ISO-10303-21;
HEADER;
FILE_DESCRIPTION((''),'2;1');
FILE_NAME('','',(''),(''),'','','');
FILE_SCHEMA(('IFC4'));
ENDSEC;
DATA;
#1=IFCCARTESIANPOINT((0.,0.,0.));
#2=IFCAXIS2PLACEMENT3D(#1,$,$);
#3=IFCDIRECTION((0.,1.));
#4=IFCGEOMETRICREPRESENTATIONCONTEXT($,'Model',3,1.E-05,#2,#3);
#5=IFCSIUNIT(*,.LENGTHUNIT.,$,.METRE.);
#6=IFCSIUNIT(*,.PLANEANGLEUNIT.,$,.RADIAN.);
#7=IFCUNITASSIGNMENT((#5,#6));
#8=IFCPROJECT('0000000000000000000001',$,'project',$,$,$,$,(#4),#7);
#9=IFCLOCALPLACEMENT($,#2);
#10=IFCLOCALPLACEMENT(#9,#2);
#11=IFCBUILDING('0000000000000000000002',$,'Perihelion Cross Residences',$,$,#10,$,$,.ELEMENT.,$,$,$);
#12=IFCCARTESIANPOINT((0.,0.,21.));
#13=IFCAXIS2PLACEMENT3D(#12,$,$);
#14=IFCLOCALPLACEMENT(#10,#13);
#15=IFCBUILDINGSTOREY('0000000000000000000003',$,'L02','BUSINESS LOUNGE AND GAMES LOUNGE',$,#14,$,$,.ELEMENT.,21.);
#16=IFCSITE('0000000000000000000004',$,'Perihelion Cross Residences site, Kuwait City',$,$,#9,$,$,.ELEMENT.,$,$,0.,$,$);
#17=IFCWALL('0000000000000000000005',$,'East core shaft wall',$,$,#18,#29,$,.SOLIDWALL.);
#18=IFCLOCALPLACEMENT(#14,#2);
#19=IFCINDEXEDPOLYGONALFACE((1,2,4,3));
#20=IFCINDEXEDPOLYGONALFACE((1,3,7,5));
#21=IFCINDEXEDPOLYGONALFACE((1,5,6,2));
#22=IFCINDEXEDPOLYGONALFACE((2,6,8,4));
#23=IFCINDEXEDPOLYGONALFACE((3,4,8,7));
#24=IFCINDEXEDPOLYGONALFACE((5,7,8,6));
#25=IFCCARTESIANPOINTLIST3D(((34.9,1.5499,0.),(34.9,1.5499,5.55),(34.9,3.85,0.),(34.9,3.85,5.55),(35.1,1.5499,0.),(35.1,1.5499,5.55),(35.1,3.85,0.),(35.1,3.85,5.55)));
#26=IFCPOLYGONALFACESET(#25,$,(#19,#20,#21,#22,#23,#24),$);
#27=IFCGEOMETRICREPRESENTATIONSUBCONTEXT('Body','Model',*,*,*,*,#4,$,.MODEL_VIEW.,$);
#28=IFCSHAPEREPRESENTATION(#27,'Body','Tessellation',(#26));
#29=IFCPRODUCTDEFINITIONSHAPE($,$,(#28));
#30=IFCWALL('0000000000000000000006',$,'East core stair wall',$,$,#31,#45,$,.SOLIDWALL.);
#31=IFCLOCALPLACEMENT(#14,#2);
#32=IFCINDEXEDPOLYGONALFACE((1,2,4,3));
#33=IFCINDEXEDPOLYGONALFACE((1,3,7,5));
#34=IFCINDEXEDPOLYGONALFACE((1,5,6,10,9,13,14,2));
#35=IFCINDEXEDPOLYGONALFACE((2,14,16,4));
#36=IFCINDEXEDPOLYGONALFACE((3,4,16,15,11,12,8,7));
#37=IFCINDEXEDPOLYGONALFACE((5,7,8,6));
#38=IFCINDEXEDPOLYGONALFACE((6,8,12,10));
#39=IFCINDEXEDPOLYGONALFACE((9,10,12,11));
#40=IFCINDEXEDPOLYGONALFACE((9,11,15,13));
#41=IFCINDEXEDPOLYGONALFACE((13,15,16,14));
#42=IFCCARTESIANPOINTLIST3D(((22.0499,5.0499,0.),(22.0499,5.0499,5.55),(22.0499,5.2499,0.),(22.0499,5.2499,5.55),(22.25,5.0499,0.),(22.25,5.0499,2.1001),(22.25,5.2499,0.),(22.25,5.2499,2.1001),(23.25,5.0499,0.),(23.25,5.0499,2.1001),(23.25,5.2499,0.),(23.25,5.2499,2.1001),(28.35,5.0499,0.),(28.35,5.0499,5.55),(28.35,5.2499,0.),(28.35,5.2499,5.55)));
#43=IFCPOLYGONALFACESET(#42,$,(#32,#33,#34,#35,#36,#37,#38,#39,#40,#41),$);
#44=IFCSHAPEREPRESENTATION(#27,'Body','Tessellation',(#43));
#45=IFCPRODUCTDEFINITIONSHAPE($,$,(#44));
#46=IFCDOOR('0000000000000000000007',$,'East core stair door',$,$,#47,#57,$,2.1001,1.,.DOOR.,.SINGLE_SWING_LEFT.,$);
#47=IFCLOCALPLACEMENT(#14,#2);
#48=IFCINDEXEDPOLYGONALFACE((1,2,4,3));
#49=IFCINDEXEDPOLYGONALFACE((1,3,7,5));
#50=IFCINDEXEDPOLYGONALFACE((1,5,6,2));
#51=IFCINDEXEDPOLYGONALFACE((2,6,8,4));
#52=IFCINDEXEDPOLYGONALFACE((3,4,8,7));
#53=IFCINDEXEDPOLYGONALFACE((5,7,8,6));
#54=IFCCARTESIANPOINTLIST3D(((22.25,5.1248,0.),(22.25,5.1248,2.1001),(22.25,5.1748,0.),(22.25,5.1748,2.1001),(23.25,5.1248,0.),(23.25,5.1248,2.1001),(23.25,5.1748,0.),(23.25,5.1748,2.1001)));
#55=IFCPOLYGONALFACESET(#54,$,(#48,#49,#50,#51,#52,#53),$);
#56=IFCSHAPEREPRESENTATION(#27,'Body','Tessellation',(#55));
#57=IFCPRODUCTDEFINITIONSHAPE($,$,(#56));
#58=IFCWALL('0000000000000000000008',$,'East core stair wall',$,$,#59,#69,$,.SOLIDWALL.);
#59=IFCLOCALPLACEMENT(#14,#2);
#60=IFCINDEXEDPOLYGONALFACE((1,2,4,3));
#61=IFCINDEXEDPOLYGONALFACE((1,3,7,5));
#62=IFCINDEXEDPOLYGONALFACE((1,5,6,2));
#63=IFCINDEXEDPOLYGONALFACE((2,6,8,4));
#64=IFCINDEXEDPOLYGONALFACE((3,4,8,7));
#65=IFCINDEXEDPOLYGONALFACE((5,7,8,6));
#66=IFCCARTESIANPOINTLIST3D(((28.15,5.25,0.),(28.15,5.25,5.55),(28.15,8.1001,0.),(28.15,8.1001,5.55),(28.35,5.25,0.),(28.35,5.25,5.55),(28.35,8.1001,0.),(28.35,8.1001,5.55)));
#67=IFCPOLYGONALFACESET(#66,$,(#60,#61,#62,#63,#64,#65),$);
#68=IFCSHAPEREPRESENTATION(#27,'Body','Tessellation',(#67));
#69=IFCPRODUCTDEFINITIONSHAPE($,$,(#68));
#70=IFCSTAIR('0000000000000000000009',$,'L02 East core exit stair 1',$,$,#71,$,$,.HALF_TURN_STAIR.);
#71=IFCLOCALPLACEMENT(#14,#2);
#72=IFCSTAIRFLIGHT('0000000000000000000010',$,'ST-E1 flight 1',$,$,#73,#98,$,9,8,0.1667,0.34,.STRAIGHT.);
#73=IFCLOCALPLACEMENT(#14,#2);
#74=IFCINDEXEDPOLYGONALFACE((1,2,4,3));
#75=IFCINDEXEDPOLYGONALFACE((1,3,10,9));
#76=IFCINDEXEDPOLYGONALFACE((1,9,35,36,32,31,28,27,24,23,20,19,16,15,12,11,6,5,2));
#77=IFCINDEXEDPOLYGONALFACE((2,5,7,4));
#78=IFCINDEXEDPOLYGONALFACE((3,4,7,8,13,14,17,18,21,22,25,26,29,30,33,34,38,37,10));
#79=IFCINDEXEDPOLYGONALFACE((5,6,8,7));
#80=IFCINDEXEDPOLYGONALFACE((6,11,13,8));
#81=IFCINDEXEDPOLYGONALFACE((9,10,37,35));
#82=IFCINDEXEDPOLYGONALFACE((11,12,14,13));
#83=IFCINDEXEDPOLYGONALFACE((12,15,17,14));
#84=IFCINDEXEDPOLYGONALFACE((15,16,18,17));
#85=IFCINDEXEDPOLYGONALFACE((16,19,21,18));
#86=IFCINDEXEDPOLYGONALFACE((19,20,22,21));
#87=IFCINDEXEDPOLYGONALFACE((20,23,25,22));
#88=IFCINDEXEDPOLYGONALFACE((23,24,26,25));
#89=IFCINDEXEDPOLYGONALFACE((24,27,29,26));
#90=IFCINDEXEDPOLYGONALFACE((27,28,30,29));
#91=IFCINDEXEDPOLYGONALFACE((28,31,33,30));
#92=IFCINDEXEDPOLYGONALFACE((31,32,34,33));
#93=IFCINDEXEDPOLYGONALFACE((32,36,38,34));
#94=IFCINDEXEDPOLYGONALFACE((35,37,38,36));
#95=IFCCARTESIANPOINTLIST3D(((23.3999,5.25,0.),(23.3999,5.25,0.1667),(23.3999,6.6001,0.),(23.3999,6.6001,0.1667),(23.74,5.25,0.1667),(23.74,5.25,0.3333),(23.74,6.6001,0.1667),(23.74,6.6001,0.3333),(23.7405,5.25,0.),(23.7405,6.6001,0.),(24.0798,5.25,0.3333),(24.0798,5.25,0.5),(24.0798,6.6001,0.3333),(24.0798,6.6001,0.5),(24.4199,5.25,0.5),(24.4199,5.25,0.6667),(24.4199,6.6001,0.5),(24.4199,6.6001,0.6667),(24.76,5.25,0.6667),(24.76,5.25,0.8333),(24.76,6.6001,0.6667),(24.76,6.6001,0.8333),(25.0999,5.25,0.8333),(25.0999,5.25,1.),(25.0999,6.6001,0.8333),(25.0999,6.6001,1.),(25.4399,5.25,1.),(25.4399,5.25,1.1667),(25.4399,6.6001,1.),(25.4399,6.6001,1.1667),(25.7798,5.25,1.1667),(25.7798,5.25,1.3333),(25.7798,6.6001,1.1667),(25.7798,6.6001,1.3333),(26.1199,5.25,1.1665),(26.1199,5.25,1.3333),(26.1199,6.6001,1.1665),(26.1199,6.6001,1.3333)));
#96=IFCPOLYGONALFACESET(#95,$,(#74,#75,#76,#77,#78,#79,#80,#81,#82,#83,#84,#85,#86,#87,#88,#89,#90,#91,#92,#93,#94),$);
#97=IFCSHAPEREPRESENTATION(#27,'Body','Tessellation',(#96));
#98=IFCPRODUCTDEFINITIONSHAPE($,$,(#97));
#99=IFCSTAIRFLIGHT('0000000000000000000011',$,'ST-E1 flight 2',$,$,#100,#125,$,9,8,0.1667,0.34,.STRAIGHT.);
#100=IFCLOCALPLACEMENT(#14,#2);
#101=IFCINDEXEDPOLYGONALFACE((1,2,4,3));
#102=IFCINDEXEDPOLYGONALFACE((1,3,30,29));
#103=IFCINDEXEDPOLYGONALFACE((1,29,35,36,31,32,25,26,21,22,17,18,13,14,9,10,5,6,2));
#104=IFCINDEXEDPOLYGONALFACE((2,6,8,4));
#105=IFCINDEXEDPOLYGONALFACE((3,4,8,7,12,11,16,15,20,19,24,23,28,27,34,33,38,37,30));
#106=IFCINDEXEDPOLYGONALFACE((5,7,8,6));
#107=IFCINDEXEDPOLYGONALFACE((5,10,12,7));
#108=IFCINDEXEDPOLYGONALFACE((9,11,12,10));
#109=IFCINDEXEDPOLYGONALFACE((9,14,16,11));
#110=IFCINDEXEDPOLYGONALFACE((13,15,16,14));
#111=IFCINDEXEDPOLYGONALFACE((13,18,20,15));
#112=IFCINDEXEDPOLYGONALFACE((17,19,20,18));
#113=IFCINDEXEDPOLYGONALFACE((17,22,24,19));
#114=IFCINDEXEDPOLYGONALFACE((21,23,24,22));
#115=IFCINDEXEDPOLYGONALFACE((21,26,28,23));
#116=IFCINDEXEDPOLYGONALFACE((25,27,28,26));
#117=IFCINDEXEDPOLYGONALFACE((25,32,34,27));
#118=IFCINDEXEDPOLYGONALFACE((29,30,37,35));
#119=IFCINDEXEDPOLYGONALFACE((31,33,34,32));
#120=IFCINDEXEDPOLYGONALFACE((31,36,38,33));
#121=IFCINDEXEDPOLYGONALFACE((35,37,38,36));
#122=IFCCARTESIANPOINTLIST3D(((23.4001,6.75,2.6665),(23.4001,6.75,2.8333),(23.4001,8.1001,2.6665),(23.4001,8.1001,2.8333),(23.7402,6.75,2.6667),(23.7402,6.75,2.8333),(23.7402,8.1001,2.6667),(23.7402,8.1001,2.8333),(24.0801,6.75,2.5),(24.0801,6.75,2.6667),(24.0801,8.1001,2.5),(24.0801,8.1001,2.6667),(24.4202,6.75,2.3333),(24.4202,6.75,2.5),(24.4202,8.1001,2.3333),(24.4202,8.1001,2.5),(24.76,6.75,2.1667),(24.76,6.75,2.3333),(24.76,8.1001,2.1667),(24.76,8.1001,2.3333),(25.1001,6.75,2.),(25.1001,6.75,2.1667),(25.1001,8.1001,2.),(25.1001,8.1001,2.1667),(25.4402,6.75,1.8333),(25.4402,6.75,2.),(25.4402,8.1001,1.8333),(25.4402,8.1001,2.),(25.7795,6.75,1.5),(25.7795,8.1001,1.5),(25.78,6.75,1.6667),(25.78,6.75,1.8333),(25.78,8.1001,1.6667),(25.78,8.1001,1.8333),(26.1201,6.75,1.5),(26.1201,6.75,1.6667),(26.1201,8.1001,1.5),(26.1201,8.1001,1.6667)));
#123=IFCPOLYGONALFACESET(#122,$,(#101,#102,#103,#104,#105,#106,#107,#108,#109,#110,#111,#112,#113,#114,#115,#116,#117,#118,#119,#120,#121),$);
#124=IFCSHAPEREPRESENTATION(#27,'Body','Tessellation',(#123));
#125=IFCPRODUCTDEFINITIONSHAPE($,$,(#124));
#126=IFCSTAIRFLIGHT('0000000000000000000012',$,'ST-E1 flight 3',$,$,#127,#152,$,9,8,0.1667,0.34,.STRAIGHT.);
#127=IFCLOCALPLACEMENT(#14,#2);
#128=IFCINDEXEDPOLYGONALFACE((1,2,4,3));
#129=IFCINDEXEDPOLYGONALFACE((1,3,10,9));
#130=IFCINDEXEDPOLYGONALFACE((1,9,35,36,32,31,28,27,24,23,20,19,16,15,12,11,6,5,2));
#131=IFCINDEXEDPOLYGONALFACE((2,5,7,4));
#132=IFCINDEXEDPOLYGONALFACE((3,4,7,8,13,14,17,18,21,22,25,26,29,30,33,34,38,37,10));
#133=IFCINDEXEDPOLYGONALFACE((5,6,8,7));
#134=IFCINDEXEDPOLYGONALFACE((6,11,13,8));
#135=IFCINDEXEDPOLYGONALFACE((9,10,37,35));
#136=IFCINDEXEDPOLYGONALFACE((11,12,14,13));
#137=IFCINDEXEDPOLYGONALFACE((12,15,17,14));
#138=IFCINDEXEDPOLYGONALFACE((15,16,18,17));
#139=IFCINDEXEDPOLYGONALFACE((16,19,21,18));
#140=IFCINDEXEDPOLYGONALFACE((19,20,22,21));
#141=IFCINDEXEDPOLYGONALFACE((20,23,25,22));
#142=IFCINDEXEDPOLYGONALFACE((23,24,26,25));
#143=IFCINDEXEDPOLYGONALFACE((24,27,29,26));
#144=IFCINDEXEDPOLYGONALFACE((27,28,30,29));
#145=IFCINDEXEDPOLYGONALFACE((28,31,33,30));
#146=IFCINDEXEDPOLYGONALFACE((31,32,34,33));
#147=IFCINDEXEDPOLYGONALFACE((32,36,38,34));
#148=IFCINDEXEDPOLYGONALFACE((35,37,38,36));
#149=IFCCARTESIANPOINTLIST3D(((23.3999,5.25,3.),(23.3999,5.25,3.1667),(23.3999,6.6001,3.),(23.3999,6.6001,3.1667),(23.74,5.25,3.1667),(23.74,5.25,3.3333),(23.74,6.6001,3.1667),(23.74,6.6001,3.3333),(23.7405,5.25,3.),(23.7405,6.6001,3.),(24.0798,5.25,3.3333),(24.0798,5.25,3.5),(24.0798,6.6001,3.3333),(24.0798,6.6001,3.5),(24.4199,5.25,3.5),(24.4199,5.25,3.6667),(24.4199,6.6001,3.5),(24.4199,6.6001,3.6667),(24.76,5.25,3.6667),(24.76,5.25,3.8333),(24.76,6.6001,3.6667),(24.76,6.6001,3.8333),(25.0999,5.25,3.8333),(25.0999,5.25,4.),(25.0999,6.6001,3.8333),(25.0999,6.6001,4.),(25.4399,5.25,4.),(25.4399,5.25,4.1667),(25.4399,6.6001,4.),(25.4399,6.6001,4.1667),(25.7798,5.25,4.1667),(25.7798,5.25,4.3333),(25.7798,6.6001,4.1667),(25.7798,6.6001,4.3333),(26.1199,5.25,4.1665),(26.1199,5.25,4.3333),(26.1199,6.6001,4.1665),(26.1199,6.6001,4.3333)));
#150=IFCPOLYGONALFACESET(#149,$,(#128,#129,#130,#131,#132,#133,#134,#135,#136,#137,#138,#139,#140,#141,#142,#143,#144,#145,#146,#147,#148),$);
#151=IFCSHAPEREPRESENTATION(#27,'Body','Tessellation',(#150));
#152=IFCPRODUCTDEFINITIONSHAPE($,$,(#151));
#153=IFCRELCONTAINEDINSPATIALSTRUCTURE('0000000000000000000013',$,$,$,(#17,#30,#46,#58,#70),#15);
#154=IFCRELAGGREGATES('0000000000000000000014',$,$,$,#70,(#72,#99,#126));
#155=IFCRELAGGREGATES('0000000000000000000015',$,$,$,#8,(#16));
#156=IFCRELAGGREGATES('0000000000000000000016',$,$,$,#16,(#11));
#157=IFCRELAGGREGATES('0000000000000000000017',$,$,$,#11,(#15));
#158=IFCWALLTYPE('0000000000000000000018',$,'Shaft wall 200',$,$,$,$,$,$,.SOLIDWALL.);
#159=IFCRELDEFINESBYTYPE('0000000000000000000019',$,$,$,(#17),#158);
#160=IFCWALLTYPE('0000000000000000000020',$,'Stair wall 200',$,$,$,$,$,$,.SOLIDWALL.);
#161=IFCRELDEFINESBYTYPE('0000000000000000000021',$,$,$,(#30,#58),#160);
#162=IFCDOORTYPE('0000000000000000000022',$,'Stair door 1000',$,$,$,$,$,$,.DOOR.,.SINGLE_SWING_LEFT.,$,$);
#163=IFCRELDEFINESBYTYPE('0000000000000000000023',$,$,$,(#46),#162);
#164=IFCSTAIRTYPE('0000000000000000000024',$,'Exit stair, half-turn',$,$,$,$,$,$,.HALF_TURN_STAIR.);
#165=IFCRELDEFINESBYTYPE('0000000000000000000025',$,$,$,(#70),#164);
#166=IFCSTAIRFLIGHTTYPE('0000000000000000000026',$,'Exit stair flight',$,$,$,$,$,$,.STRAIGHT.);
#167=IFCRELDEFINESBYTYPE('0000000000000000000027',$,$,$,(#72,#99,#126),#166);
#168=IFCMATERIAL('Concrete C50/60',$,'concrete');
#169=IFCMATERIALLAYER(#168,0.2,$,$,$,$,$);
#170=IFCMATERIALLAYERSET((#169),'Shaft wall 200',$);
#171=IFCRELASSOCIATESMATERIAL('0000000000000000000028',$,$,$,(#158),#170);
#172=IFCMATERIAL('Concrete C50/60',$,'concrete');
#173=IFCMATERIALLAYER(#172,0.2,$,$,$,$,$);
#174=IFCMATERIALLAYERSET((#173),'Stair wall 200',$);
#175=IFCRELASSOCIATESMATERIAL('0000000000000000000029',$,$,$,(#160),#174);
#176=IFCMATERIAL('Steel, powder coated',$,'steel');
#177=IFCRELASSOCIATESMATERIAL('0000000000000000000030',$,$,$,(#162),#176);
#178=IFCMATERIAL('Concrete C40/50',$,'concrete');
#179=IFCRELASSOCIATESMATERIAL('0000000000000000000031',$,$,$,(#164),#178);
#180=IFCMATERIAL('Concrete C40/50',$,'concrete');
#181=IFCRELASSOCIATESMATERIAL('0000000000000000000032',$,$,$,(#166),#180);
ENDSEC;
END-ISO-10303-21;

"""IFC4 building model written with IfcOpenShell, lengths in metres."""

from ifc_helpers import new_model, si_unit, direction, frame, frame_2d, origin, place, context, subcontext, project, spatial, polyline, rectangle, outline, extrude, material, layer, layer_set, type_object, element, fill, aggregate, save


model = new_model("IFC4")

# Units and contexts
model_context = context("Model", 3, precision=1e-05, world=origin(), true_north=direction((0.0, 1.0)))
body_context = subcontext(model_context, "Body", "Model", "MODEL_VIEW")
ifc_project = project(units=[si_unit("LENGTHUNIT", "METRE"), si_unit("PLANEANGLEUNIT", "RADIAN")], contexts=[model_context])

# Site, building, storey
site_placement = place(None, origin())
site = spatial("IfcSite", under=ifc_project, at=site_placement, Name="Perihelion Cross Residences site, Kuwait City", CompositionType="ELEMENT", RefElevation=0.0)
building_placement = place(site_placement, origin())
building = spatial("IfcBuilding", under=site, at=building_placement, Name="Perihelion Cross Residences", CompositionType="ELEMENT")
storey_placement = place(building_placement, frame((0.0, 0.0, 21.0)))
storey = spatial("IfcBuildingStorey", under=building, at=storey_placement, Name="L02", Description="BUSINESS LOUNGE AND GAMES LOUNGE", CompositionType="ELEMENT", Elevation=21.0)

# Shared definitions
ifc_material_1 = material(Name="Concrete C50/60", Category="concrete")
ifc_layer_1 = layer(ifc_material_1, 0.2)
ifc_layer_set_1 = layer_set([ifc_layer_1], Name="Shaft wall 200")
wall_type_1 = type_object("IfcWallType", Name="Shaft wall 200", PredefinedType="SOLIDWALL", material=ifc_layer_set_1)

# Wall
for number, where, z_axis, x_axis, name in (
    (1, (35.0, 1.55, 0.0), (0.0, 0.0, 1.0), (0.0, 1.0, 0.0), "East core shaft wall"),
):
    element("IfcWall", number, at=place(storey_placement, frame(where, z_axis=z_axis, x_axis=x_axis)), inside=storey, type_object=wall_type_1, Name=name, PredefinedType="SOLIDWALL", context=body_context, shape_type="SweptSolid", body=[
        extrude(rectangle(XDim=2.3, YDim=0.2, at=frame_2d((1.1499, 0.0))), origin(), (0.0, 0.0, 1.0), 5.55),
    ])

# Wall, opening, door
ifc_material_2 = material(Name="Concrete C50/60", Category="concrete")
ifc_layer_2 = layer(ifc_material_2, 0.2)
ifc_layer_set_2 = layer_set([ifc_layer_2], Name="Stair wall 200")
wall_type_2 = type_object("IfcWallType", Name="Stair wall 200", PredefinedType="SOLIDWALL", material=ifc_layer_set_2)
wall_1_placement = place(storey_placement, frame((22.05, 5.1499, 0.0), z_axis=(0.0, 0.0, 1.0), x_axis=(1.0, 0.0, 0.0)))
wall_1 = element("IfcWall", 2, at=wall_1_placement, inside=storey, type_object=wall_type_2, Name="East core stair wall", PredefinedType="SOLIDWALL", context=body_context, shape_type="SweptSolid", body=[
    extrude(rectangle(XDim=6.3, YDim=0.2, at=frame_2d((3.1499, 0.0))), origin(), (0.0, 0.0, 1.0), 5.55),
])
opening_1_placement = place(wall_1_placement, frame((0.2, 0.0, 0.0)))
opening_1 = element("IfcOpeningElement", 3, at=opening_1_placement, cuts=wall_1, PredefinedType="OPENING", context=body_context, shape_type="SweptSolid", body=[
    extrude(rectangle(XDim=1.0, YDim=2.1001, at=frame_2d((0.5, 1.05))), frame((0.0, 0.1099, 0.0), z_axis=(0.0, -1.0, 0.0), x_axis=(1.0, 0.0, 0.0)), (0.0, 0.0, 1.0), 0.22),
])
ifc_material_3 = material(Name="Steel, powder coated", Category="steel")
door_type_1 = type_object("IfcDoorType", Name="Stair door 1000", OperationType="SINGLE_SWING_LEFT", PredefinedType="DOOR", material=ifc_material_3)
door_1_placement = place(opening_1_placement, origin())
door_1 = element("IfcDoor", 4, at=door_1_placement, inside=storey, type_object=door_type_1, Name="East core stair door", OperationType="SINGLE_SWING_LEFT", OverallHeight=2.1001, OverallWidth=1.0, PredefinedType="DOOR", context=body_context, shape_type="SweptSolid", body=[
    extrude(rectangle(XDim=1.0, YDim=2.1001, at=frame_2d((0.5, 1.05))), frame((0.0, 0.0249, 0.0), z_axis=(0.0, -1.0, 0.0), x_axis=(1.0, 0.0, 0.0)), (0.0, 0.0, 1.0), 0.05),
])
fill(opening_1, door_1)

# Wall
wall_2_placement = place(storey_placement, frame((28.25, 5.25, 0.0), z_axis=(0.0, 0.0, 1.0), x_axis=(0.0, 1.0, 0.0)))
element("IfcWall", 5, at=wall_2_placement, inside=storey, type_object=wall_type_2, Name="East core stair wall", PredefinedType="SOLIDWALL", context=body_context, shape_type="SweptSolid", body=[
    extrude(rectangle(XDim=2.8501, YDim=0.2, at=frame_2d((1.425, 0.0))), origin(), (0.0, 0.0, 1.0), 5.55),
])

# Stair, stair flights
ifc_material_4 = material(Name="Concrete C40/50", Category="concrete")
stair_type = type_object("IfcStairType", Name="Exit stair, half-turn", PredefinedType="HALF_TURN_STAIR", material=ifc_material_4)
stair_placement = place(storey_placement, origin())
stair = element("IfcStair", 6, at=stair_placement, inside=storey, type_object=stair_type, Name="L02 East core exit stair 1", PredefinedType="HALF_TURN_STAIR")
ifc_material_5 = material(Name="Concrete C40/50", Category="concrete")
stair_flight_type = type_object("IfcStairFlightType", Name="Exit stair flight", PredefinedType="STRAIGHT", material=ifc_material_5)
stair_flight_1_placement = place(storey_placement, frame((23.3999, 5.925, 0.0), z_axis=(0.0, 0.0, 1.0), x_axis=(1.0, 0.0, 0.0)))
stair_flight_1 = element("IfcStairFlight", 7, at=stair_flight_1_placement, type_object=stair_flight_type, Name="ST-E1 flight 1", NumberOfRisers=9, NumberOfTreads=8, PredefinedType="STRAIGHT", RiserHeight=0.1667, TreadLength=0.34, context=body_context, shape_type="SweptSolid", body=[
    extrude(outline(polyline([(0.0, 0.0), (0.0, 0.1667), (0.3401, 0.1667), (0.3401, 0.3333), (0.6799, 0.3333), (0.6799, 0.5), (1.02, 0.5), (1.02, 0.6667), (1.3601, 0.6667), (1.3601, 0.8333), (1.7, 0.8333), (1.7, 1.0), (2.04, 1.0), (2.04, 1.1667), (2.3799, 1.1667), (2.3799, 1.3333), (2.72, 1.3333), (2.72, 1.5), (2.72, 1.1665), (0.3406, 0.0), (0.0, 0.0)])), frame((0.0, 0.675, 0.0), z_axis=(0.0, -1.0, 0.0), x_axis=(1.0, 0.0, 0.0)), (0.0, 0.0, 1.0), 1.3501),
])
stair_flight_2_placement = place(storey_placement, frame((26.1201, 7.425, 1.5), z_axis=(0.0, 0.0, 1.0), x_axis=(-1.0, 0.0, 0.0)))
stair_flight_2 = element("IfcStairFlight", 8, at=stair_flight_2_placement, type_object=stair_flight_type, Name="ST-E1 flight 2", NumberOfRisers=9, NumberOfTreads=8, PredefinedType="STRAIGHT", RiserHeight=0.1667, TreadLength=0.34, context=body_context, shape_type="SweptSolid", body=[
    extrude(outline(polyline([(0.0, 0.0), (0.0, 0.1667), (0.3401, 0.1667), (0.3401, 0.3333), (0.6799, 0.3333), (0.6799, 0.5), (1.02, 0.5), (1.02, 0.6667), (1.3601, 0.6667), (1.3601, 0.8333), (1.7, 0.8333), (1.7, 1.0), (2.04, 1.0), (2.04, 1.1667), (2.3799, 1.1667), (2.3799, 1.3333), (2.72, 1.3333), (2.72, 1.5), (2.72, 1.1665), (0.3406, 0.0), (0.0, 0.0)])), frame((0.0, 0.675, 0.0), z_axis=(0.0, -1.0, 0.0), x_axis=(1.0, 0.0, 0.0)), (0.0, 0.0, 1.0), 1.3501),
])
stair_flight_3_placement = place(storey_placement, frame((23.3999, 5.925, 3.0), z_axis=(0.0, 0.0, 1.0), x_axis=(1.0, 0.0, 0.0)))
stair_flight_3 = element("IfcStairFlight", 9, at=stair_flight_3_placement, type_object=stair_flight_type, Name="ST-E1 flight 3", NumberOfRisers=9, NumberOfTreads=8, PredefinedType="STRAIGHT", RiserHeight=0.1667, TreadLength=0.34, context=body_context, shape_type="SweptSolid", body=[
    extrude(outline(polyline([(0.0, 0.0), (0.0, 0.1667), (0.3401, 0.1667), (0.3401, 0.3333), (0.6799, 0.3333), (0.6799, 0.5), (1.02, 0.5), (1.02, 0.6667), (1.3601, 0.6667), (1.3601, 0.8333), (1.7, 0.8333), (1.7, 1.0), (2.04, 1.0), (2.04, 1.1667), (2.3799, 1.1667), (2.3799, 1.3333), (2.72, 1.3333), (2.72, 1.5), (2.72, 1.1665), (0.3406, 0.0), (0.0, 0.0)])), frame((0.0, 0.675, 0.0), z_axis=(0.0, -1.0, 0.0), x_axis=(1.0, 0.0, 0.0)), (0.0, 0.0, 1.0), 1.3501),
])
aggregate(stair, [stair_flight_1, stair_flight_2, stair_flight_3])

save(model, "model.ifc")
